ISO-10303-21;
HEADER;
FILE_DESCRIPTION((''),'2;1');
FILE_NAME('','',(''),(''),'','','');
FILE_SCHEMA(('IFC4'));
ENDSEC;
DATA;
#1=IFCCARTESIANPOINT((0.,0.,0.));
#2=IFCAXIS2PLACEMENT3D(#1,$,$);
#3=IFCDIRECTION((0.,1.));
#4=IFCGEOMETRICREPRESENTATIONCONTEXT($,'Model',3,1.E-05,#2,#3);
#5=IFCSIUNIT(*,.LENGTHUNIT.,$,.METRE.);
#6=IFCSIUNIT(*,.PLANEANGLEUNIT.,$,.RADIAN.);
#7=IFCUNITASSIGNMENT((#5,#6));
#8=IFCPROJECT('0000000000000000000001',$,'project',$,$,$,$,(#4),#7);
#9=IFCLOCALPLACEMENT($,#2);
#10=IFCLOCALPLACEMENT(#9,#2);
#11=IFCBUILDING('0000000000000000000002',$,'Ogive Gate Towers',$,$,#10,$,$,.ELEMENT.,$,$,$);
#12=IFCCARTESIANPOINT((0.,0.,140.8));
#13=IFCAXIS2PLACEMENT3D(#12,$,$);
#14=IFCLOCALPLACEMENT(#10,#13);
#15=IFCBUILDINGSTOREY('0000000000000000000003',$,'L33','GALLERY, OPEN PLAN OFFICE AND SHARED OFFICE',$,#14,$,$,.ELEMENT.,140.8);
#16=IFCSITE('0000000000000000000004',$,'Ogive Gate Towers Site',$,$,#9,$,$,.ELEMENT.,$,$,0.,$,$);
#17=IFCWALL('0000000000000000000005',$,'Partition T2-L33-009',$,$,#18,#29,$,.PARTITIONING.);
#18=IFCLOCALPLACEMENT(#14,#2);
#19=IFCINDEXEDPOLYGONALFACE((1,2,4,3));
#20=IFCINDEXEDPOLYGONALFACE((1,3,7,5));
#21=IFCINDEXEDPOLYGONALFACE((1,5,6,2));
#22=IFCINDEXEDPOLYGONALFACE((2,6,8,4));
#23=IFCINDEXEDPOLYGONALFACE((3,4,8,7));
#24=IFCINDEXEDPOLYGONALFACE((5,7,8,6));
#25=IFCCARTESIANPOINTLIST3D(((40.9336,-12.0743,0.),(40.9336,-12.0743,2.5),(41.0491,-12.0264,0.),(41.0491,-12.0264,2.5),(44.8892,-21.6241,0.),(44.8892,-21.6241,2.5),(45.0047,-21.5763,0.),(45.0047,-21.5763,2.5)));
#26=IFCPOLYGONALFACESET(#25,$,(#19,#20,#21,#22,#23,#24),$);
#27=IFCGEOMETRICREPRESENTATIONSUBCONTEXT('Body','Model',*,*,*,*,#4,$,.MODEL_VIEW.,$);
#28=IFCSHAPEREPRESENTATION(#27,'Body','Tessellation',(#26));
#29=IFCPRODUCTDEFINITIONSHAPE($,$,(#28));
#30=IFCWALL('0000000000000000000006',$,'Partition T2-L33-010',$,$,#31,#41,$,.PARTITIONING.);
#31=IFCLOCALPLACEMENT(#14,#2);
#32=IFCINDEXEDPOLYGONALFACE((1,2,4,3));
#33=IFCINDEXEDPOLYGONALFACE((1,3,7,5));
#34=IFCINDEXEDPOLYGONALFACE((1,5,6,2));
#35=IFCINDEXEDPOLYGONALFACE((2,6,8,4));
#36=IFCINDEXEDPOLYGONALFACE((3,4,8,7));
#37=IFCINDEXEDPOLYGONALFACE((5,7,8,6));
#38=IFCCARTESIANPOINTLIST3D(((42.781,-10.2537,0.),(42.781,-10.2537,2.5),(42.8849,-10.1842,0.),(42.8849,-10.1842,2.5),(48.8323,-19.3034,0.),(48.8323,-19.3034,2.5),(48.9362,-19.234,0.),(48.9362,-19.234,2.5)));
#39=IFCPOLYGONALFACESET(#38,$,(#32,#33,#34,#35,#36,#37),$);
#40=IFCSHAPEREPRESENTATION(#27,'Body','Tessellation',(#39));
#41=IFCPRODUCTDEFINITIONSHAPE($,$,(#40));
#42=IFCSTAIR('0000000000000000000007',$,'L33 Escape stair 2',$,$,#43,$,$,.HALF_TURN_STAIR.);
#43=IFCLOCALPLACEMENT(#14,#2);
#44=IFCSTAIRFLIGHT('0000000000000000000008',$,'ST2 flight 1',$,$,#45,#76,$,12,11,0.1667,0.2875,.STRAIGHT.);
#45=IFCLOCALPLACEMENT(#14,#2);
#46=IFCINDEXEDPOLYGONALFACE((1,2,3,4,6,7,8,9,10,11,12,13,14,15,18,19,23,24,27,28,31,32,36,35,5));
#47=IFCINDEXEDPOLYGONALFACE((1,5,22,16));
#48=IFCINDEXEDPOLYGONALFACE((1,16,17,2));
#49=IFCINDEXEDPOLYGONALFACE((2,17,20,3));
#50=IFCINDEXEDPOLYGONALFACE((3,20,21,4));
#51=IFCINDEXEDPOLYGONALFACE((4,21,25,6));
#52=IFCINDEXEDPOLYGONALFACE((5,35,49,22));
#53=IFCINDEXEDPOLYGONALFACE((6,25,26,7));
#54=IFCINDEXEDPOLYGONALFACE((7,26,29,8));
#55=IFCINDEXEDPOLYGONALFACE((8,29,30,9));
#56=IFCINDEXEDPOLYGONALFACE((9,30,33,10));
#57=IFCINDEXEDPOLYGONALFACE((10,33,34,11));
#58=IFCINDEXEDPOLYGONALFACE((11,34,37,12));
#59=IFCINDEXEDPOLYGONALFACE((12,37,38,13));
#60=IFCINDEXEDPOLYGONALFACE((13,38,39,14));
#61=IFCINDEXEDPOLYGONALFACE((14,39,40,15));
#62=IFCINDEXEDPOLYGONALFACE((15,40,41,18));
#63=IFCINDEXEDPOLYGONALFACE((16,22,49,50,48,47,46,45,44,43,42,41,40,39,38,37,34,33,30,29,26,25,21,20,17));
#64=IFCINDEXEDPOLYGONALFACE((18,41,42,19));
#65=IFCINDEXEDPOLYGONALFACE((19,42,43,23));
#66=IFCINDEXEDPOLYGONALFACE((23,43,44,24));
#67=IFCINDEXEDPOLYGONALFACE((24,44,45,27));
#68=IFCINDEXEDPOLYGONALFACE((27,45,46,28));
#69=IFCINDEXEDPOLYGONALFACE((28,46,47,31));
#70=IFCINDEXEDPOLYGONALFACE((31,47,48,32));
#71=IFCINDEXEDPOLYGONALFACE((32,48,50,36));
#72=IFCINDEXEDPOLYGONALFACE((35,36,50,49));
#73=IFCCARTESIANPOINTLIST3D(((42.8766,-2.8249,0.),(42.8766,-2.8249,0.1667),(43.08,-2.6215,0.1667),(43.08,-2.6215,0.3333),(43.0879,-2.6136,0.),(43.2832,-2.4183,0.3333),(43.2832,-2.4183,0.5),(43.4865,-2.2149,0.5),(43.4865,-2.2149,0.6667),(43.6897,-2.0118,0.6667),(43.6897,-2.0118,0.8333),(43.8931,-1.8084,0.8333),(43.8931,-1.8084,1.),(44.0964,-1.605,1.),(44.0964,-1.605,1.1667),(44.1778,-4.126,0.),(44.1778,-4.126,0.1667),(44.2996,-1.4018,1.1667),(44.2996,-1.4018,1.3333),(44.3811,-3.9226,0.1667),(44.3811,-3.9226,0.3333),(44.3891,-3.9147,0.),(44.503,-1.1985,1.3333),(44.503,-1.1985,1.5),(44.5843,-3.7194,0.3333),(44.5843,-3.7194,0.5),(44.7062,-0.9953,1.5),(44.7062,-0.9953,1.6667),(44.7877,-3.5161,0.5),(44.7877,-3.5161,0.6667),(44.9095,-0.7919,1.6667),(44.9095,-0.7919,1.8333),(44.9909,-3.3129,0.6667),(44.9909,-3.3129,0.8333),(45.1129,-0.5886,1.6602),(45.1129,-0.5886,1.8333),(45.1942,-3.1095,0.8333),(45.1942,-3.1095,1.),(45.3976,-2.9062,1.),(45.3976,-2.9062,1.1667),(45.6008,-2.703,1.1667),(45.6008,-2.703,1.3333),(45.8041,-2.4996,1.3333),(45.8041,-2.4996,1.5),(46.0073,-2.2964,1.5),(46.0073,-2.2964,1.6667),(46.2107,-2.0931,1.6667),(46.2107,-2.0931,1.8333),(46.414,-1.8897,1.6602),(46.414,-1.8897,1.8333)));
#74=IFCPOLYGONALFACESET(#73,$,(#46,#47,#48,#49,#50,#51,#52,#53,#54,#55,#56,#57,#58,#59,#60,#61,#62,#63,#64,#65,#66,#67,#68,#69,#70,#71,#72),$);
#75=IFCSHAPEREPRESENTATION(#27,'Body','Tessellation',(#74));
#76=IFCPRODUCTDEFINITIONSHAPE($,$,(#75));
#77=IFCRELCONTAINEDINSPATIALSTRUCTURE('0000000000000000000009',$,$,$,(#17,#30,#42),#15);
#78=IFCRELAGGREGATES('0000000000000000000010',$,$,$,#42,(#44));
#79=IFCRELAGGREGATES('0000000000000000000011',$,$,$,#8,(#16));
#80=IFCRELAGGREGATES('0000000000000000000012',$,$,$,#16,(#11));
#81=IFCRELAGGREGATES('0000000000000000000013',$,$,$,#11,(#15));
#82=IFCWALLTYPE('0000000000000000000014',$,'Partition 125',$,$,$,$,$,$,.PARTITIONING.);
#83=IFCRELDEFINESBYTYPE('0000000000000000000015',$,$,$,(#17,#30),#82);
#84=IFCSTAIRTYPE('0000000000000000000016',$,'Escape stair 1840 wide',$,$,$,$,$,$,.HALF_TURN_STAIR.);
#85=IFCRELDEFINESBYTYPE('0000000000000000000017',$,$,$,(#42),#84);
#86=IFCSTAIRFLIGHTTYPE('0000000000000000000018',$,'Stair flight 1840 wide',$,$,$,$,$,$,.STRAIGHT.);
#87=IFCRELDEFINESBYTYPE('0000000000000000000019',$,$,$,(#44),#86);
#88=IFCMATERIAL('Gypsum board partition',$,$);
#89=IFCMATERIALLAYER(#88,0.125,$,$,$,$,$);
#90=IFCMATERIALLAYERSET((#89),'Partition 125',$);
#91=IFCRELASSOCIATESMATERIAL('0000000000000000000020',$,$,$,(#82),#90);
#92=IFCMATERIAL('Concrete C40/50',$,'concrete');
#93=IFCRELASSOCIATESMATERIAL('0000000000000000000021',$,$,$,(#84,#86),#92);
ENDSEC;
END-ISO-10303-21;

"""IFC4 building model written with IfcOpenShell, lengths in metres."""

from ifc_helpers import new_model, si_unit, direction, frame, frame_2d, origin, place, context, subcontext, project, spatial, polyline, rectangle, outline, extrude, material, layer, layer_set, type_object, element, aggregate, save


model = new_model("IFC4")

# Units and contexts
model_context = context("Model", 3, precision=1e-05, world=origin(), true_north=direction((0.0, 1.0)))
body_context = subcontext(model_context, "Body", "Model", "MODEL_VIEW")
ifc_project = project(units=[si_unit("LENGTHUNIT", "METRE"), si_unit("PLANEANGLEUNIT", "RADIAN")], contexts=[model_context])

# Site, building, storey
site_placement = place(None, origin())
site = spatial("IfcSite", under=ifc_project, at=site_placement, Name="Ogive Gate Towers Site", CompositionType="ELEMENT", RefElevation=0.0)
building_placement = place(site_placement, origin())
building = spatial("IfcBuilding", under=site, at=building_placement, Name="Ogive Gate Towers", CompositionType="ELEMENT")
storey_placement = place(building_placement, frame((0.0, 0.0, 140.8)))
storey = spatial("IfcBuildingStorey", under=building, at=storey_placement, Name="L33", Description="GALLERY, OPEN PLAN OFFICE AND SHARED OFFICE", CompositionType="ELEMENT", Elevation=140.8)

# Walls
ifc_material_1 = material(Name="Gypsum board partition")
ifc_layer_1 = layer(ifc_material_1, 0.125)
ifc_layer_set_1 = layer_set([ifc_layer_1], Name="Partition 125")
wall_type_1 = type_object("IfcWallType", Name="Partition 125", PredefinedType="PARTITIONING", material=ifc_layer_set_1)
wall_1_placement = place(storey_placement, frame((44.947, -21.6003, 0.0), z_axis=(0.0, 0.0, 1.0), x_axis=(-0.382676, 0.923883, 0.0)))
element("IfcWall", 1, at=wall_1_placement, inside=storey, type_object=wall_type_1, Name="Partition T2-L33-009", PredefinedType="PARTITIONING", context=body_context, shape_type="SweptSolid", body=[
    extrude(rectangle(XDim=10.3367, YDim=0.125, at=frame_2d((5.1685, 0.0))), origin(), (0.0, 0.0, 1.0), 2.5),
])
wall_2_placement = place(storey_placement, frame((48.8843, -19.2688, 0.0), z_axis=(0.0, 0.0, 1.0), x_axis=(-0.555849, 0.831284, 0.0)))
element("IfcWall", 2, at=wall_2_placement, inside=storey, type_object=wall_type_1, Name="Partition T2-L33-010", PredefinedType="PARTITIONING", context=body_context, shape_type="SweptSolid", body=[
    extrude(rectangle(XDim=10.8865, YDim=0.125, at=frame_2d((5.4434, 0.0))), origin(), (0.0, 0.0, 1.0), 2.5),
])

# Stair, stair flight
ifc_material_2 = material(Name="Concrete C40/50", Category="concrete")
stair_type = type_object("IfcStairType", Name="Escape stair 1840 wide", PredefinedType="HALF_TURN_STAIR", material=ifc_material_2)
stair_placement = place(storey_placement, origin())
stair = element("IfcStair", 3, at=stair_placement, inside=storey, type_object=stair_type, Name="L33 Escape stair 2", PredefinedType="HALF_TURN_STAIR")
stair_flight_type = type_object("IfcStairFlightType", Name="Stair flight 1840 wide", PredefinedType="STRAIGHT", material=ifc_material_2)
stair_flight_placement = place(storey_placement, frame((43.5271, -3.4753, 0.0), z_axis=(0.0, 0.0, 1.0), x_axis=(0.707107, 0.707107, 0.0)))
stair_flight = element("IfcStairFlight", 4, at=stair_flight_placement, type_object=stair_flight_type, Name="ST2 flight 1", NumberOfRisers=12, NumberOfTreads=11, PredefinedType="STRAIGHT", RiserHeight=0.1667, TreadLength=0.2875, context=body_context, shape_type="SweptSolid", body=[
    extrude(outline(polyline([(0.0, 0.0), (0.0, 0.1667), (0.2876, 0.1667), (0.2876, 0.3333), (0.575, 0.3333), (0.575, 0.5), (0.8625, 0.5), (0.8625, 0.6667), (1.1499, 0.6667), (1.1499, 0.8333), (1.4375, 0.8333), (1.4375, 1.0), (1.7251, 1.0), (1.7251, 1.1667), (2.0125, 1.1667), (2.0125, 1.3333), (2.3, 1.3333), (2.3, 1.5), (2.5874, 1.5), (2.5874, 1.6667), (2.875, 1.6667), (2.875, 1.8333), (3.1626, 1.8333), (3.1626, 2.0), (3.1626, 1.6602), (0.2988, 0.0), (0.0, 0.0)])), frame((0.0, 0.9199, 0.0), z_axis=(0.0, -1.0, 0.0), x_axis=(1.0, 0.0, 0.0)), (0.0, 0.0, 1.0), 1.8401),
])
aggregate(stair, [stair_flight])

save(model, "model.ifc")
